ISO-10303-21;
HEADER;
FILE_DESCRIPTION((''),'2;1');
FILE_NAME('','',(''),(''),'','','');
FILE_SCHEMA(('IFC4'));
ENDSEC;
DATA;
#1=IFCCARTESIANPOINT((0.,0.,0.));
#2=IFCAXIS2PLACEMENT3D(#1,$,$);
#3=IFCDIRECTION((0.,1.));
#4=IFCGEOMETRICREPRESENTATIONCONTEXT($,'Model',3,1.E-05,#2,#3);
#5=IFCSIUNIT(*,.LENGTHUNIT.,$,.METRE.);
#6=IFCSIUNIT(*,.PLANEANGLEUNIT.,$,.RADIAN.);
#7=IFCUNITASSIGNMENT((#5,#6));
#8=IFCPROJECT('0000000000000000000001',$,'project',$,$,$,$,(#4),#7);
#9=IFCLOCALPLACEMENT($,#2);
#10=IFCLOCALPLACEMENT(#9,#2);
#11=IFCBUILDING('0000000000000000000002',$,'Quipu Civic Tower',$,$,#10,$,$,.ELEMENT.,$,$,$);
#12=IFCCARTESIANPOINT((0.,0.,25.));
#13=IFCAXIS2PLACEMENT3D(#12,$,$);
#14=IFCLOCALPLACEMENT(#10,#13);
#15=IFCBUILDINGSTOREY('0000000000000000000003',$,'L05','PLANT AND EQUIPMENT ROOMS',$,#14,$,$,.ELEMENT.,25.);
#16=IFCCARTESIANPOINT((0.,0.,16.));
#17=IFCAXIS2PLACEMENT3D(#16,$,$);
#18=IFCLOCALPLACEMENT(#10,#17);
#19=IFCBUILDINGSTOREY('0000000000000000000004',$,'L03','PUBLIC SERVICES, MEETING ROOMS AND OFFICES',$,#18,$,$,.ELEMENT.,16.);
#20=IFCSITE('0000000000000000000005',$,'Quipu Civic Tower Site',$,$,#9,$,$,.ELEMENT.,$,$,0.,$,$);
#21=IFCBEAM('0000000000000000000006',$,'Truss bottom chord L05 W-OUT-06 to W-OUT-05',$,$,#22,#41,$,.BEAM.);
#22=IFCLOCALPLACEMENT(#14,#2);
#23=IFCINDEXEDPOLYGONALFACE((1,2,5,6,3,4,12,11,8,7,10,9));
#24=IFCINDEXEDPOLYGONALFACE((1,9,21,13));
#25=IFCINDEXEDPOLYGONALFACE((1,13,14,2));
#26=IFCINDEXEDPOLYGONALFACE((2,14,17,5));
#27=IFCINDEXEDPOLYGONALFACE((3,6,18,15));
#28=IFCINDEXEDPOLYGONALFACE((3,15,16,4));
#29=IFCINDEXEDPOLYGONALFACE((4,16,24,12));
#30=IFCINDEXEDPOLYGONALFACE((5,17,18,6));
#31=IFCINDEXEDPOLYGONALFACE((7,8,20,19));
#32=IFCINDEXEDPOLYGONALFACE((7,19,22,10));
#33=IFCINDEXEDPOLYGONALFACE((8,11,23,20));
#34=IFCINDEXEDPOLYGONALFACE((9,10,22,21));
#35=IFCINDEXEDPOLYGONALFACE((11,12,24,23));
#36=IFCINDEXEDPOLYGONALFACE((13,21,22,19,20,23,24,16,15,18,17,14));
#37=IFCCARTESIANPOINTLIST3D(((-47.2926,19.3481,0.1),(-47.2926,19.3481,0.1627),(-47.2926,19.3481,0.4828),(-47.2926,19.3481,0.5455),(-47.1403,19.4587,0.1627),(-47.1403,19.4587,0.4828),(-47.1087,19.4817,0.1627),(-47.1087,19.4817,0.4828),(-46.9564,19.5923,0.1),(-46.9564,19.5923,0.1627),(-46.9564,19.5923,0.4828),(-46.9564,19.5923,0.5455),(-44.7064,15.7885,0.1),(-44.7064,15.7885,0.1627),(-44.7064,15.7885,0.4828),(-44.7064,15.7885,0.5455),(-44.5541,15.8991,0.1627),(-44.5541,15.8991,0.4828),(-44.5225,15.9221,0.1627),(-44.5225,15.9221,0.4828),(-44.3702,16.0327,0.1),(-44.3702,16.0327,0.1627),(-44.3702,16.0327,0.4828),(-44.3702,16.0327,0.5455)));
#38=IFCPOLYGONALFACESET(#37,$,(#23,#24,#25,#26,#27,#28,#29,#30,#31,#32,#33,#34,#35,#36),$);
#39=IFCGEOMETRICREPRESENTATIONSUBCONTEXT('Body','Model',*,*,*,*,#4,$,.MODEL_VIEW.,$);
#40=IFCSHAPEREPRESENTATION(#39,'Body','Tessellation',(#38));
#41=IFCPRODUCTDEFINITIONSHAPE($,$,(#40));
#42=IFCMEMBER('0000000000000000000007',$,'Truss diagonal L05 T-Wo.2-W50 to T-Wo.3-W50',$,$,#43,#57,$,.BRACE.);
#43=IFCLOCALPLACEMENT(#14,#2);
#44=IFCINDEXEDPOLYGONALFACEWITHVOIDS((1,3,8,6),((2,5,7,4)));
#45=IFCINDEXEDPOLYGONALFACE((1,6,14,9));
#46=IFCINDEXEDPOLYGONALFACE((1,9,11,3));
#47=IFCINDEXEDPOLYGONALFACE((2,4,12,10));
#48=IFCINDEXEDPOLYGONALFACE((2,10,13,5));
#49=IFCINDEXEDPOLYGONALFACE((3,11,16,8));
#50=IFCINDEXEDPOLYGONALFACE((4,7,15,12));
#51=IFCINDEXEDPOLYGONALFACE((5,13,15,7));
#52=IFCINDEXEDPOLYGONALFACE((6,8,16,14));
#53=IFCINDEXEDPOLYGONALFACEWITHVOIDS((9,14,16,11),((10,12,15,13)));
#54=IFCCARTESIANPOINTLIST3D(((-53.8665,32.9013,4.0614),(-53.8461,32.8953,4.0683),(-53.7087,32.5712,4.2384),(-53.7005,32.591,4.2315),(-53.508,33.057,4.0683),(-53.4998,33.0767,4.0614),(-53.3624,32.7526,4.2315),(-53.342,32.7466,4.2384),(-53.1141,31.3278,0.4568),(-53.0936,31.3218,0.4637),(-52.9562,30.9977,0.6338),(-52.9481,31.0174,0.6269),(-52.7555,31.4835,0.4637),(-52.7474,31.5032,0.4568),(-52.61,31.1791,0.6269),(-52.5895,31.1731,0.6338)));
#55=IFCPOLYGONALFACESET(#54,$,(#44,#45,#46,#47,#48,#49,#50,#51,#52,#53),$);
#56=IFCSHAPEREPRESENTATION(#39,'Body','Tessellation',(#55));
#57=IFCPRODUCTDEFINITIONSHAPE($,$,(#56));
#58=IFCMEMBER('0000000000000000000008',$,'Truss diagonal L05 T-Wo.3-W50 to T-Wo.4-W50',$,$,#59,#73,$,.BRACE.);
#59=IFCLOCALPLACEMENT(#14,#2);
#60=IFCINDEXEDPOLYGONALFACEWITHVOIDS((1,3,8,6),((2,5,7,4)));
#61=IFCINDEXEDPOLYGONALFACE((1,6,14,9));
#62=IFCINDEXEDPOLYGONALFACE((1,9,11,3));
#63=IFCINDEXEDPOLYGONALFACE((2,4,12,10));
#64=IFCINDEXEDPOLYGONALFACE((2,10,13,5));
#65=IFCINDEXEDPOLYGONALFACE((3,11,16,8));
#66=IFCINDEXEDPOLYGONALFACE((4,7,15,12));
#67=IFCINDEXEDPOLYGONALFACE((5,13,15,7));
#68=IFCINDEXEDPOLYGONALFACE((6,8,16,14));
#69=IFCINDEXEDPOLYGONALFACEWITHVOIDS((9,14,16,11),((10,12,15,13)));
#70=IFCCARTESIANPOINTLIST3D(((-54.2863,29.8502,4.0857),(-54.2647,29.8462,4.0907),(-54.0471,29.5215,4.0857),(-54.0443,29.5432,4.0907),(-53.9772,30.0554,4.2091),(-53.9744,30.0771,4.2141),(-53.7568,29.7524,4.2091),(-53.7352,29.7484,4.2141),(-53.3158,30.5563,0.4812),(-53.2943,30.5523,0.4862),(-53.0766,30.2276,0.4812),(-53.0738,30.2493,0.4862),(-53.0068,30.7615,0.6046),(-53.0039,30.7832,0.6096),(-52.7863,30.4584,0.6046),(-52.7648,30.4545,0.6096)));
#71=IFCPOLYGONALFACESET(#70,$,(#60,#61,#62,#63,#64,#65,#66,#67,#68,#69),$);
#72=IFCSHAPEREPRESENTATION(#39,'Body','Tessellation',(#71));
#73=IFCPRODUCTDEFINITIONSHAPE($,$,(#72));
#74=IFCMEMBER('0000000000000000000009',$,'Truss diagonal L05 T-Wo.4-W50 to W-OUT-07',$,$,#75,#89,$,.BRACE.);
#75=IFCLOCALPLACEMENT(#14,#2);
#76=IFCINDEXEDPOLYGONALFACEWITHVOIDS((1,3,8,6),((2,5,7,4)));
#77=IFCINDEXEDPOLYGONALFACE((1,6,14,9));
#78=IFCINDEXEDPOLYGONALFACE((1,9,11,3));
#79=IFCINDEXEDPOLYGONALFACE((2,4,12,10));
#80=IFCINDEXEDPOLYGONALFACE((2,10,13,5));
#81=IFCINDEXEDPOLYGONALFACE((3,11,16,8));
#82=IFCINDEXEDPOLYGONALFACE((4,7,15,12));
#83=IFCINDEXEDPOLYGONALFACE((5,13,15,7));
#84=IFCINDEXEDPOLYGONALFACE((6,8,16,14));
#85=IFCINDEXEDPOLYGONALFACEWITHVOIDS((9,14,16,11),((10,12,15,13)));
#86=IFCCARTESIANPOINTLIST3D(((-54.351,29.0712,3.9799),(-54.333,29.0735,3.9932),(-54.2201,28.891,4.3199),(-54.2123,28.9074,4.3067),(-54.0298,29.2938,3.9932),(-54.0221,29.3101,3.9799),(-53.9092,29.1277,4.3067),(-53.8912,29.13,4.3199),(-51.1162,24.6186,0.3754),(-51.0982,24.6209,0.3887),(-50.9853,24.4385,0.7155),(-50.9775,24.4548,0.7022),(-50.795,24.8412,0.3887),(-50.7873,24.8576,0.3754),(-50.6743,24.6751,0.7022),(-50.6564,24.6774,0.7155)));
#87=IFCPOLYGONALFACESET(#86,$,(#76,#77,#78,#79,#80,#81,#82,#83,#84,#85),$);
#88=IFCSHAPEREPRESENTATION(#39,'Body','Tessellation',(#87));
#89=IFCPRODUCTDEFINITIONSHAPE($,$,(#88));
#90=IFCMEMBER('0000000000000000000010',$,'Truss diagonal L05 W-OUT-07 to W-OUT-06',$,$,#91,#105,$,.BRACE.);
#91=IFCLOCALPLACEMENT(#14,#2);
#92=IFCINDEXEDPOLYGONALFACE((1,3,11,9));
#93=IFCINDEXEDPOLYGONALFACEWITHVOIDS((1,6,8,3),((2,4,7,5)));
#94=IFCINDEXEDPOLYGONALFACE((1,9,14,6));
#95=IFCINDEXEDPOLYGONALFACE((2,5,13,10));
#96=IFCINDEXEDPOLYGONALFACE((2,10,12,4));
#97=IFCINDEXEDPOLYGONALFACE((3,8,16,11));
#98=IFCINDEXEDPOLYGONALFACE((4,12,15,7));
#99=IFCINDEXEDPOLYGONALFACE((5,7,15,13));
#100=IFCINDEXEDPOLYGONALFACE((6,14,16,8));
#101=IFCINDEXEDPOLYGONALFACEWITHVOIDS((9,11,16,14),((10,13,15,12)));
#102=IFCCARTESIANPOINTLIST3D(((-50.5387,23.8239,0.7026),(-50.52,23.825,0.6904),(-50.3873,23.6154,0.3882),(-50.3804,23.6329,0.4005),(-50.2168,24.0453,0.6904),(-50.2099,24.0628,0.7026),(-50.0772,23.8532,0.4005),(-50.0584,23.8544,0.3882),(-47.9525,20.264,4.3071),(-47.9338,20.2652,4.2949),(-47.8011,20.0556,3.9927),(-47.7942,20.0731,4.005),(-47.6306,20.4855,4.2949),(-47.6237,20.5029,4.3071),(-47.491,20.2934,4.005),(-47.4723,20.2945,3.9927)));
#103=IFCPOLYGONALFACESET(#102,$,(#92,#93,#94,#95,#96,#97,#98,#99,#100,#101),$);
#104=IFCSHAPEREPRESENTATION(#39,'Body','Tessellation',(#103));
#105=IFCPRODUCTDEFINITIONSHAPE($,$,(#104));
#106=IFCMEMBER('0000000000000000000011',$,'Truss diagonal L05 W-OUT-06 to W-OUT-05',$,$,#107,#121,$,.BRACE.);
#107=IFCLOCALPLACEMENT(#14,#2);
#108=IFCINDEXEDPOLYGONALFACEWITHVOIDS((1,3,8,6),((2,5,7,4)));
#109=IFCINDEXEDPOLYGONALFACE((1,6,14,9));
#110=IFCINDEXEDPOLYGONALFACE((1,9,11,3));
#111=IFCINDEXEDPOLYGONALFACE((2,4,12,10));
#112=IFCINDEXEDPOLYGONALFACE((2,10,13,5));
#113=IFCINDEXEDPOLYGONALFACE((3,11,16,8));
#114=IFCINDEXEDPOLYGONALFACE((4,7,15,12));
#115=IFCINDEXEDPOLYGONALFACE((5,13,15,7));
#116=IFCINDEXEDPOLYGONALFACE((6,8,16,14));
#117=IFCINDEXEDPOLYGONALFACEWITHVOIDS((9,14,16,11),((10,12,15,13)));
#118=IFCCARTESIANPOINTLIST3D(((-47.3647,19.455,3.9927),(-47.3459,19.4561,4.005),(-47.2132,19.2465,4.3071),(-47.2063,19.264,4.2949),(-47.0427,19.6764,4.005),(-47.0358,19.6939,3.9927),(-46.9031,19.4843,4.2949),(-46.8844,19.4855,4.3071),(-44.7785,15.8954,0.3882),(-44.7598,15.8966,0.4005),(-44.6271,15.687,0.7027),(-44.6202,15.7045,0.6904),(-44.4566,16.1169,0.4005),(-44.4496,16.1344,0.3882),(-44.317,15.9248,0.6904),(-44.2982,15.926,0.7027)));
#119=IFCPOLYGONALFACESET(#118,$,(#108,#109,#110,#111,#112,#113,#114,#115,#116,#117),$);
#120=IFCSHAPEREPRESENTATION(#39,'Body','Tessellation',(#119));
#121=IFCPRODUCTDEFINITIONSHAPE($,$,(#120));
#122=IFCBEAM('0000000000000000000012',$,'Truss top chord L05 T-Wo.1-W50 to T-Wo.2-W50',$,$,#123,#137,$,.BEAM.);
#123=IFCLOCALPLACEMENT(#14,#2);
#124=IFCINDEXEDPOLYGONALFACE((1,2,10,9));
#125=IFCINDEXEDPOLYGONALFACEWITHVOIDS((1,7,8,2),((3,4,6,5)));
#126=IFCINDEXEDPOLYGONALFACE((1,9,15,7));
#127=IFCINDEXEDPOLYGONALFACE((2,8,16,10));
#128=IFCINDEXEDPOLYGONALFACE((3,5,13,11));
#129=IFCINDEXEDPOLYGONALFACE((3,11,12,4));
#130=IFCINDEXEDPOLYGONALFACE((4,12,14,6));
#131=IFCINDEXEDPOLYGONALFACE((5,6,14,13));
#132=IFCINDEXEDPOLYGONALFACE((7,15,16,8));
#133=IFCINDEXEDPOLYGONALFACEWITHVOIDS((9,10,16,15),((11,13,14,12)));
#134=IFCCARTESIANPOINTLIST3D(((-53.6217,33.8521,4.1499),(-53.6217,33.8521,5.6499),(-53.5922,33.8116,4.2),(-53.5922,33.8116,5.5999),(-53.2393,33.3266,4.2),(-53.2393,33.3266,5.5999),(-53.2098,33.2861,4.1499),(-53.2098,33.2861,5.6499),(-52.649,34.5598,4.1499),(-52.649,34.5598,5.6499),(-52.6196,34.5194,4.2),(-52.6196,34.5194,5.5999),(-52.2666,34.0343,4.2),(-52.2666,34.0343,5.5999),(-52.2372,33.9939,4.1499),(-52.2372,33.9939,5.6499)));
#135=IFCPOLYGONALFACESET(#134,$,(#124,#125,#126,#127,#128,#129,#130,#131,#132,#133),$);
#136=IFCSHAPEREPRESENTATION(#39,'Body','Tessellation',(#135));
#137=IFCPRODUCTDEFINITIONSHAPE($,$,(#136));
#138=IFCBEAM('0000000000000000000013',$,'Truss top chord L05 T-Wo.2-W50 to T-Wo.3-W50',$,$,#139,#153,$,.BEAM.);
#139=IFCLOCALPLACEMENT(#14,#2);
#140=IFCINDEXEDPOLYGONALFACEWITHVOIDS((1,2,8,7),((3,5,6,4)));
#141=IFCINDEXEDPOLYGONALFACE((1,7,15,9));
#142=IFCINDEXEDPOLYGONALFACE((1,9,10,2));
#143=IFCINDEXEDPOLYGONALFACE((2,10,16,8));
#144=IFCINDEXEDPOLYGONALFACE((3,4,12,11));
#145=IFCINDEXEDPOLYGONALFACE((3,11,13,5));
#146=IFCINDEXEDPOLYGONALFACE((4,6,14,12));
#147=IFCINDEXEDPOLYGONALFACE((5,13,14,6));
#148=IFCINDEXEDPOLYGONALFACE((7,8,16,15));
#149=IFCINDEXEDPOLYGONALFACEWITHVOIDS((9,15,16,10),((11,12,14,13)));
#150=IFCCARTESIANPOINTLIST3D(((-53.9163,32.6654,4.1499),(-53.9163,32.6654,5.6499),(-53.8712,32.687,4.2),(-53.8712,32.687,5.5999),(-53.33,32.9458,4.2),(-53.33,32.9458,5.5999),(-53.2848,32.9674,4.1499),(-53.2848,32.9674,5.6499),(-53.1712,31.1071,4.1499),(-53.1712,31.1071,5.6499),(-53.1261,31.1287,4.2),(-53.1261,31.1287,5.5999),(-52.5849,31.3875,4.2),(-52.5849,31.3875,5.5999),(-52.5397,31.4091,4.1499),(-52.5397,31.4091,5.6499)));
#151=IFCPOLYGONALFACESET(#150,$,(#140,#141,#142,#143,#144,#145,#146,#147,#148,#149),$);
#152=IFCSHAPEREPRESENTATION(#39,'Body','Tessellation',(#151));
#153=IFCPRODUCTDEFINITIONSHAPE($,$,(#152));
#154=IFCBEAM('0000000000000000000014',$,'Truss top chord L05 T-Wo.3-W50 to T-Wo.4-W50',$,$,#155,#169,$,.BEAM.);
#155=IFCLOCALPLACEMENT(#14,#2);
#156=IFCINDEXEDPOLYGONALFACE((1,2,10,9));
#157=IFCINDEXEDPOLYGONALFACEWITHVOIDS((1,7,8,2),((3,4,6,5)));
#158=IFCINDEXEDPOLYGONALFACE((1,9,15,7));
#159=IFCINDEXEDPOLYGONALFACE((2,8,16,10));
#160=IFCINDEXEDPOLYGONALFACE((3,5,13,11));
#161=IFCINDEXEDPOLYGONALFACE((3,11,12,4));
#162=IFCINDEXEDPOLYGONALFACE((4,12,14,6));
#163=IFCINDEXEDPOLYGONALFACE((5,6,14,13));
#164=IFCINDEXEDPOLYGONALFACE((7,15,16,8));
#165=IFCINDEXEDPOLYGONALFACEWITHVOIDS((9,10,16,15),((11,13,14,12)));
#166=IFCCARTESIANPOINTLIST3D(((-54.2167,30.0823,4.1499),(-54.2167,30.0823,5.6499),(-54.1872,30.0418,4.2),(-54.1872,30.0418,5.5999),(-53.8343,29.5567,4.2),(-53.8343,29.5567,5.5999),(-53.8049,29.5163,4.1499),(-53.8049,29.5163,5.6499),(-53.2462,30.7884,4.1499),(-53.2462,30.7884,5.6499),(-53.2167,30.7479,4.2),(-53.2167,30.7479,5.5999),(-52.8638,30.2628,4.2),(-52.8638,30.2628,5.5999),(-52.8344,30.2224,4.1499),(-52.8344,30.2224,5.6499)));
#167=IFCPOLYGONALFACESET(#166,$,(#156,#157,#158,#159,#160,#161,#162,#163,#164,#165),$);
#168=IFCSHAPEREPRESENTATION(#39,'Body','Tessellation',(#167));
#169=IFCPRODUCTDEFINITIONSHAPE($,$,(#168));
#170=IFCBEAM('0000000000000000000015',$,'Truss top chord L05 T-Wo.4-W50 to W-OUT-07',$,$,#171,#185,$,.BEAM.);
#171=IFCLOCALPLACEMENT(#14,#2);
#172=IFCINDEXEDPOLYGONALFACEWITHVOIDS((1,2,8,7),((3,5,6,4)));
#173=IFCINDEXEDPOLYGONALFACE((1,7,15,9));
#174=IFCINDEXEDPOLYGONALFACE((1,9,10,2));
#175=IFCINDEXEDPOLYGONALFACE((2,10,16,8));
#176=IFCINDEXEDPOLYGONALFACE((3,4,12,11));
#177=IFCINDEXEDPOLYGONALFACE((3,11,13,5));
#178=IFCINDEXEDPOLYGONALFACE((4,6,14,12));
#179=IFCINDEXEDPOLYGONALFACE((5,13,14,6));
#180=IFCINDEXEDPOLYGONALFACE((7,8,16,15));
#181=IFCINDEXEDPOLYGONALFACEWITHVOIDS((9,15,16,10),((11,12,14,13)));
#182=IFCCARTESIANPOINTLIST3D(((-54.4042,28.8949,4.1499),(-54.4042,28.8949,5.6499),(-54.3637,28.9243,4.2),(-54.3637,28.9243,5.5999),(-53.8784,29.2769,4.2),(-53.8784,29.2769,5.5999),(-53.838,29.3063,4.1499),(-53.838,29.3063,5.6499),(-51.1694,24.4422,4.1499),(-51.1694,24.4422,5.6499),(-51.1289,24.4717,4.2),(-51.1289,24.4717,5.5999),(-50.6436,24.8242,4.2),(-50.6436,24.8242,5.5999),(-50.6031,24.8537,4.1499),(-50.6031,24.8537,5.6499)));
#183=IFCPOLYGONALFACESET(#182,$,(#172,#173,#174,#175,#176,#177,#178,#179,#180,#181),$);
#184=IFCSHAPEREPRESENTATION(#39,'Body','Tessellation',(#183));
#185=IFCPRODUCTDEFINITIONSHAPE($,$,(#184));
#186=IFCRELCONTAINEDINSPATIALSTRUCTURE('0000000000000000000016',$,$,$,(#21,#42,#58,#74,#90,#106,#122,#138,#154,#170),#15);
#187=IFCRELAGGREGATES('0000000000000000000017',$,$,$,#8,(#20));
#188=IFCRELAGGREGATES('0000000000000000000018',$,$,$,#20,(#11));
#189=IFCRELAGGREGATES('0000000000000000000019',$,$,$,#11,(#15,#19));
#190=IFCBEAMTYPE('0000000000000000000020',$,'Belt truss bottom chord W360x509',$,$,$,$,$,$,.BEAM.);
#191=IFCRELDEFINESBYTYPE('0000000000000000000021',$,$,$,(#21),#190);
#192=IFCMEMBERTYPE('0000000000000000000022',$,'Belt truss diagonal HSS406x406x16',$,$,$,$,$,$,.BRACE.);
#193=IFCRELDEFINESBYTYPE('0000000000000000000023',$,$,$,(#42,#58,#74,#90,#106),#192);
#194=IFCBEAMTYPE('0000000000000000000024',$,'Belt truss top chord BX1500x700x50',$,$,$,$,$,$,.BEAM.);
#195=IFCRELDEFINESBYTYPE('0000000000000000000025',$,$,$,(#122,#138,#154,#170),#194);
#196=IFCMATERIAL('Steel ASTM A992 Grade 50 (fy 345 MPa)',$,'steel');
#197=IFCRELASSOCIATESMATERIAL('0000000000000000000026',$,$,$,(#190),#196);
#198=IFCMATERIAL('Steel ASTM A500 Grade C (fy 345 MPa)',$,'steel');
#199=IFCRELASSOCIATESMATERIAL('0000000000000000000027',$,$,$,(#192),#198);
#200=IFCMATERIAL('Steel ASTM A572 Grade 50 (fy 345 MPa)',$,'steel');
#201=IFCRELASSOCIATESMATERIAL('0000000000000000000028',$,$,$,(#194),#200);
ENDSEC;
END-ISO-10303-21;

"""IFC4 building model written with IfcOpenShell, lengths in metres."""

from ifc_helpers import new_model, si_unit, direction, frame, origin, origin_2d, place, context, subcontext, project, spatial, hollow_rectangle, i_section, extrude, material, material_profile, profile_set, type_object, element, save


model = new_model("IFC4")

# Units and contexts
model_context = context("Model", 3, precision=1e-05, world=origin(), true_north=direction((0.0, 1.0)))
body_context = subcontext(model_context, "Body", "Model", "MODEL_VIEW")
ifc_project = project(units=[si_unit("LENGTHUNIT", "METRE"), si_unit("PLANEANGLEUNIT", "RADIAN")], contexts=[model_context])

# Site, building, storey
site_placement = place(None, origin())
site = spatial("IfcSite", under=ifc_project, at=site_placement, Name="Quipu Civic Tower Site", CompositionType="ELEMENT", RefElevation=0.0)
building_placement = place(site_placement, origin())
building = spatial("IfcBuilding", under=site, at=building_placement, Name="Quipu Civic Tower", CompositionType="ELEMENT")
storey_1_placement = place(building_placement, frame((0.0, 0.0, 25.0)))
storey_1 = spatial("IfcBuildingStorey", under=building, at=storey_1_placement, Name="L05", Description="PLANT AND EQUIPMENT ROOMS", CompositionType="ELEMENT", Elevation=25.0)

# Beam
ifc_material_1 = material(Name="Steel ASTM A992 Grade 50 (fy 345 MPa)", Category="steel")
ifc_material_profile_1 = material_profile(ifc_material_1, i_section(OverallWidth=0.4155, OverallDepth=0.4456, WebThickness=0.0391, FlangeThickness=0.0627, at=origin_2d()), Name="W360x509")
ifc_profile_set_1 = profile_set([ifc_material_profile_1], Name="Steel ASTM A992 Grade 50 (fy 345 MPa)")
beam_type_1 = type_object("IfcBeamType", Name="Belt truss bottom chord W360x509", PredefinedType="BEAM", material=ifc_profile_set_1)
beam_1_placement = place(storey_1_placement, frame((-47.1245, 19.4702, 0.3228), z_axis=(0.587786, -0.809017, 0.0), x_axis=(0.809017, 0.587786, 0.0)))
element("IfcBeam", 1, at=beam_1_placement, inside=storey_1, type_object=beam_type_1, Name="Truss bottom chord L05 W-OUT-06 to W-OUT-05", PredefinedType="BEAM", context=body_context, shape_type="SweptSolid", body=[
    extrude(i_section(OverallWidth=0.4155, OverallDepth=0.4456, WebThickness=0.0391, FlangeThickness=0.0627, at=origin_2d()), origin(), (0.0, 0.0, 1.0), 4.3999),
])

# Members
ifc_material_2 = material(Name="Steel ASTM A500 Grade C (fy 345 MPa)", Category="steel")
ifc_material_profile_2 = material_profile(ifc_material_2, hollow_rectangle(XDim=0.4065, YDim=0.4065, WallThickness=0.0159, at=origin_2d()), Name="HSS406x406x16")
ifc_profile_set_2 = profile_set([ifc_material_profile_2], Name="Steel ASTM A500 Grade C (fy 345 MPa)")
member_type_1 = type_object("IfcMemberType", Name="Belt truss diagonal HSS406x406x16", PredefinedType="BRACE", material=ifc_profile_set_2)
member_1_placement = place(storey_1_placement, frame((-53.6042, 32.824, 4.1499), z_axis=(0.187909, -0.392949, -0.900156), x_axis=(0.902156, 0.431411, 0.0)))
element("IfcMember", 2, at=member_1_placement, inside=storey_1, type_object=member_type_1, Name="Truss diagonal L05 T-Wo.2-W50 to T-Wo.3-W50", PredefinedType="BRACE", context=body_context, shape_type="SweptSolid", body=[
    extrude(hollow_rectangle(XDim=0.4065, YDim=0.4065, WallThickness=0.0159, at=origin_2d()), origin(), (0.0, 0.0, 1.0), 4.0044),
])
member_2_placement = place(storey_1_placement, frame((-53.0403, 30.5054, 0.5454), z_axis=(-0.255449, -0.185851, 0.948791), x_axis=(0.588317, -0.808631, 0.0)))
element("IfcMember", 3, at=member_2_placement, inside=storey_1, type_object=member_type_1, Name="Truss diagonal L05 T-Wo.3-W50 to T-Wo.4-W50", PredefinedType="BRACE", context=body_context, shape_type="SweptSolid", body=[
    extrude(hollow_rectangle(XDim=0.4065, YDim=0.4065, WallThickness=0.0159, at=origin_2d()), origin(), (0.0, 0.0, 1.0), 3.7991),
])
member_3_placement = place(storey_1_placement, frame((-54.1211, 29.1006, 4.1499), z_axis=(0.491698, -0.6768, -0.547882), x_axis=(0.809031, 0.587765, 0.0)))
element("IfcMember", 4, at=member_3_placement, inside=storey_1, type_object=member_type_1, Name="Truss diagonal L05 T-Wo.4-W50 to W-OUT-07", PredefinedType="BRACE", context=body_context, shape_type="SweptSolid", body=[
    extrude(hollow_rectangle(XDim=0.4065, YDim=0.4065, WallThickness=0.0159, at=origin_2d()), origin(), (0.0, 0.0, 1.0), 6.5789),
])
member_4_placement = place(storey_1_placement, frame((-50.2986, 23.8391, 0.5454), z_axis=(0.454676, -0.62585, 0.633705), x_axis=(0.809036, 0.587759, 0.0)))
element("IfcMember", 5, at=member_4_placement, inside=storey_1, type_object=member_type_1, Name="Truss diagonal L05 W-OUT-07 to W-OUT-06", PredefinedType="BRACE", context=body_context, shape_type="SweptSolid", body=[
    extrude(hollow_rectangle(XDim=0.4065, YDim=0.4065, WallThickness=0.0159, at=origin_2d()), origin(), (0.0, 0.0, 1.0), 5.688),
])
member_5_placement = place(storey_1_placement, frame((-47.1245, 19.4702, 4.1499), z_axis=(0.454688, -0.625824, -0.633722), x_axis=(0.809017, 0.587786, 0.0)))
element("IfcMember", 6, at=member_5_placement, inside=storey_1, type_object=member_type_1, Name="Truss diagonal L05 W-OUT-06 to W-OUT-05", PredefinedType="BRACE", context=body_context, shape_type="SweptSolid", body=[
    extrude(hollow_rectangle(XDim=0.4065, YDim=0.4065, WallThickness=0.0159, at=origin_2d()), origin(), (0.0, 0.0, 1.0), 5.6877),
])

# Beams
ifc_material_3 = material(Name="Steel ASTM A572 Grade 50 (fy 345 MPa)", Category="steel")
ifc_material_profile_3 = material_profile(ifc_material_3, hollow_rectangle(XDim=0.7, YDim=1.5, WallThickness=0.05, at=origin_2d()), Name="BX1500x700x50")
ifc_profile_set_3 = profile_set([ifc_material_profile_3], Name="Steel ASTM A572 Grade 50 (fy 345 MPa)")
beam_type_2 = type_object("IfcBeamType", Name="Belt truss top chord BX1500x700x50", PredefinedType="BEAM", material=ifc_profile_set_3)
beam_2_placement = place(storey_1_placement, frame((-52.4431, 34.2769, 4.8999), z_axis=(-0.808587, -0.588377, 0.0), x_axis=(0.588377, -0.808587, 0.0)))
element("IfcBeam", 7, at=beam_2_placement, inside=storey_1, type_object=beam_type_2, Name="Truss top chord L05 T-Wo.1-W50 to T-Wo.2-W50", PredefinedType="BEAM", context=body_context, shape_type="SweptSolid", body=[
    extrude(hollow_rectangle(XDim=0.7, YDim=1.5, WallThickness=0.05, at=origin_2d()), origin(), (0.0, 0.0, 1.0), 1.2029),
])
beam_3_placement = place(storey_1_placement, frame((-53.6006, 32.8164, 4.8999), z_axis=(0.43137, -0.902175, 0.0), x_axis=(0.902175, 0.43137, 0.0)))
element("IfcBeam", 8, at=beam_3_placement, inside=storey_1, type_object=beam_type_2, Name="Truss top chord L05 T-Wo.2-W50 to T-Wo.3-W50", PredefinedType="BEAM", context=body_context, shape_type="SweptSolid", body=[
    extrude(hollow_rectangle(XDim=0.7, YDim=1.5, WallThickness=0.05, at=origin_2d()), origin(), (0.0, 0.0, 1.0), 1.7273),
])
beam_4_placement = place(storey_1_placement, frame((-53.0403, 30.5054, 4.8999), z_axis=(-0.808631, -0.588317, 0.0), x_axis=(0.588317, -0.808631, 0.0)))
element("IfcBeam", 9, at=beam_4_placement, inside=storey_1, type_object=beam_type_2, Name="Truss top chord L05 T-Wo.3-W50 to T-Wo.4-W50", PredefinedType="BEAM", context=body_context, shape_type="SweptSolid", body=[
    extrude(hollow_rectangle(XDim=0.7, YDim=1.5, WallThickness=0.05, at=origin_2d()), origin(), (0.0, 0.0, 1.0), 1.2002),
])
beam_5_placement = place(storey_1_placement, frame((-54.1211, 29.1006, 4.8999), z_axis=(0.587765, -0.809031, 0.0), x_axis=(0.809031, 0.587765, 0.0)))
element("IfcBeam", 10, at=beam_5_placement, inside=storey_1, type_object=beam_type_2, Name="Truss top chord L05 T-Wo.4-W50 to W-OUT-07", PredefinedType="BEAM", context=body_context, shape_type="SweptSolid", body=[
    extrude(hollow_rectangle(XDim=0.7, YDim=1.5, WallThickness=0.05, at=origin_2d()), origin(), (0.0, 0.0, 1.0), 5.5037),
])

# Shared definitions
storey_2_placement = place(building_placement, frame((0.0, 0.0, 16.0)))
storey_2 = spatial("IfcBuildingStorey", under=building, at=storey_2_placement, Name="L03", Description="PUBLIC SERVICES, MEETING ROOMS AND OFFICES", CompositionType="ELEMENT", Elevation=16.0)

save(model, "model.ifc")
